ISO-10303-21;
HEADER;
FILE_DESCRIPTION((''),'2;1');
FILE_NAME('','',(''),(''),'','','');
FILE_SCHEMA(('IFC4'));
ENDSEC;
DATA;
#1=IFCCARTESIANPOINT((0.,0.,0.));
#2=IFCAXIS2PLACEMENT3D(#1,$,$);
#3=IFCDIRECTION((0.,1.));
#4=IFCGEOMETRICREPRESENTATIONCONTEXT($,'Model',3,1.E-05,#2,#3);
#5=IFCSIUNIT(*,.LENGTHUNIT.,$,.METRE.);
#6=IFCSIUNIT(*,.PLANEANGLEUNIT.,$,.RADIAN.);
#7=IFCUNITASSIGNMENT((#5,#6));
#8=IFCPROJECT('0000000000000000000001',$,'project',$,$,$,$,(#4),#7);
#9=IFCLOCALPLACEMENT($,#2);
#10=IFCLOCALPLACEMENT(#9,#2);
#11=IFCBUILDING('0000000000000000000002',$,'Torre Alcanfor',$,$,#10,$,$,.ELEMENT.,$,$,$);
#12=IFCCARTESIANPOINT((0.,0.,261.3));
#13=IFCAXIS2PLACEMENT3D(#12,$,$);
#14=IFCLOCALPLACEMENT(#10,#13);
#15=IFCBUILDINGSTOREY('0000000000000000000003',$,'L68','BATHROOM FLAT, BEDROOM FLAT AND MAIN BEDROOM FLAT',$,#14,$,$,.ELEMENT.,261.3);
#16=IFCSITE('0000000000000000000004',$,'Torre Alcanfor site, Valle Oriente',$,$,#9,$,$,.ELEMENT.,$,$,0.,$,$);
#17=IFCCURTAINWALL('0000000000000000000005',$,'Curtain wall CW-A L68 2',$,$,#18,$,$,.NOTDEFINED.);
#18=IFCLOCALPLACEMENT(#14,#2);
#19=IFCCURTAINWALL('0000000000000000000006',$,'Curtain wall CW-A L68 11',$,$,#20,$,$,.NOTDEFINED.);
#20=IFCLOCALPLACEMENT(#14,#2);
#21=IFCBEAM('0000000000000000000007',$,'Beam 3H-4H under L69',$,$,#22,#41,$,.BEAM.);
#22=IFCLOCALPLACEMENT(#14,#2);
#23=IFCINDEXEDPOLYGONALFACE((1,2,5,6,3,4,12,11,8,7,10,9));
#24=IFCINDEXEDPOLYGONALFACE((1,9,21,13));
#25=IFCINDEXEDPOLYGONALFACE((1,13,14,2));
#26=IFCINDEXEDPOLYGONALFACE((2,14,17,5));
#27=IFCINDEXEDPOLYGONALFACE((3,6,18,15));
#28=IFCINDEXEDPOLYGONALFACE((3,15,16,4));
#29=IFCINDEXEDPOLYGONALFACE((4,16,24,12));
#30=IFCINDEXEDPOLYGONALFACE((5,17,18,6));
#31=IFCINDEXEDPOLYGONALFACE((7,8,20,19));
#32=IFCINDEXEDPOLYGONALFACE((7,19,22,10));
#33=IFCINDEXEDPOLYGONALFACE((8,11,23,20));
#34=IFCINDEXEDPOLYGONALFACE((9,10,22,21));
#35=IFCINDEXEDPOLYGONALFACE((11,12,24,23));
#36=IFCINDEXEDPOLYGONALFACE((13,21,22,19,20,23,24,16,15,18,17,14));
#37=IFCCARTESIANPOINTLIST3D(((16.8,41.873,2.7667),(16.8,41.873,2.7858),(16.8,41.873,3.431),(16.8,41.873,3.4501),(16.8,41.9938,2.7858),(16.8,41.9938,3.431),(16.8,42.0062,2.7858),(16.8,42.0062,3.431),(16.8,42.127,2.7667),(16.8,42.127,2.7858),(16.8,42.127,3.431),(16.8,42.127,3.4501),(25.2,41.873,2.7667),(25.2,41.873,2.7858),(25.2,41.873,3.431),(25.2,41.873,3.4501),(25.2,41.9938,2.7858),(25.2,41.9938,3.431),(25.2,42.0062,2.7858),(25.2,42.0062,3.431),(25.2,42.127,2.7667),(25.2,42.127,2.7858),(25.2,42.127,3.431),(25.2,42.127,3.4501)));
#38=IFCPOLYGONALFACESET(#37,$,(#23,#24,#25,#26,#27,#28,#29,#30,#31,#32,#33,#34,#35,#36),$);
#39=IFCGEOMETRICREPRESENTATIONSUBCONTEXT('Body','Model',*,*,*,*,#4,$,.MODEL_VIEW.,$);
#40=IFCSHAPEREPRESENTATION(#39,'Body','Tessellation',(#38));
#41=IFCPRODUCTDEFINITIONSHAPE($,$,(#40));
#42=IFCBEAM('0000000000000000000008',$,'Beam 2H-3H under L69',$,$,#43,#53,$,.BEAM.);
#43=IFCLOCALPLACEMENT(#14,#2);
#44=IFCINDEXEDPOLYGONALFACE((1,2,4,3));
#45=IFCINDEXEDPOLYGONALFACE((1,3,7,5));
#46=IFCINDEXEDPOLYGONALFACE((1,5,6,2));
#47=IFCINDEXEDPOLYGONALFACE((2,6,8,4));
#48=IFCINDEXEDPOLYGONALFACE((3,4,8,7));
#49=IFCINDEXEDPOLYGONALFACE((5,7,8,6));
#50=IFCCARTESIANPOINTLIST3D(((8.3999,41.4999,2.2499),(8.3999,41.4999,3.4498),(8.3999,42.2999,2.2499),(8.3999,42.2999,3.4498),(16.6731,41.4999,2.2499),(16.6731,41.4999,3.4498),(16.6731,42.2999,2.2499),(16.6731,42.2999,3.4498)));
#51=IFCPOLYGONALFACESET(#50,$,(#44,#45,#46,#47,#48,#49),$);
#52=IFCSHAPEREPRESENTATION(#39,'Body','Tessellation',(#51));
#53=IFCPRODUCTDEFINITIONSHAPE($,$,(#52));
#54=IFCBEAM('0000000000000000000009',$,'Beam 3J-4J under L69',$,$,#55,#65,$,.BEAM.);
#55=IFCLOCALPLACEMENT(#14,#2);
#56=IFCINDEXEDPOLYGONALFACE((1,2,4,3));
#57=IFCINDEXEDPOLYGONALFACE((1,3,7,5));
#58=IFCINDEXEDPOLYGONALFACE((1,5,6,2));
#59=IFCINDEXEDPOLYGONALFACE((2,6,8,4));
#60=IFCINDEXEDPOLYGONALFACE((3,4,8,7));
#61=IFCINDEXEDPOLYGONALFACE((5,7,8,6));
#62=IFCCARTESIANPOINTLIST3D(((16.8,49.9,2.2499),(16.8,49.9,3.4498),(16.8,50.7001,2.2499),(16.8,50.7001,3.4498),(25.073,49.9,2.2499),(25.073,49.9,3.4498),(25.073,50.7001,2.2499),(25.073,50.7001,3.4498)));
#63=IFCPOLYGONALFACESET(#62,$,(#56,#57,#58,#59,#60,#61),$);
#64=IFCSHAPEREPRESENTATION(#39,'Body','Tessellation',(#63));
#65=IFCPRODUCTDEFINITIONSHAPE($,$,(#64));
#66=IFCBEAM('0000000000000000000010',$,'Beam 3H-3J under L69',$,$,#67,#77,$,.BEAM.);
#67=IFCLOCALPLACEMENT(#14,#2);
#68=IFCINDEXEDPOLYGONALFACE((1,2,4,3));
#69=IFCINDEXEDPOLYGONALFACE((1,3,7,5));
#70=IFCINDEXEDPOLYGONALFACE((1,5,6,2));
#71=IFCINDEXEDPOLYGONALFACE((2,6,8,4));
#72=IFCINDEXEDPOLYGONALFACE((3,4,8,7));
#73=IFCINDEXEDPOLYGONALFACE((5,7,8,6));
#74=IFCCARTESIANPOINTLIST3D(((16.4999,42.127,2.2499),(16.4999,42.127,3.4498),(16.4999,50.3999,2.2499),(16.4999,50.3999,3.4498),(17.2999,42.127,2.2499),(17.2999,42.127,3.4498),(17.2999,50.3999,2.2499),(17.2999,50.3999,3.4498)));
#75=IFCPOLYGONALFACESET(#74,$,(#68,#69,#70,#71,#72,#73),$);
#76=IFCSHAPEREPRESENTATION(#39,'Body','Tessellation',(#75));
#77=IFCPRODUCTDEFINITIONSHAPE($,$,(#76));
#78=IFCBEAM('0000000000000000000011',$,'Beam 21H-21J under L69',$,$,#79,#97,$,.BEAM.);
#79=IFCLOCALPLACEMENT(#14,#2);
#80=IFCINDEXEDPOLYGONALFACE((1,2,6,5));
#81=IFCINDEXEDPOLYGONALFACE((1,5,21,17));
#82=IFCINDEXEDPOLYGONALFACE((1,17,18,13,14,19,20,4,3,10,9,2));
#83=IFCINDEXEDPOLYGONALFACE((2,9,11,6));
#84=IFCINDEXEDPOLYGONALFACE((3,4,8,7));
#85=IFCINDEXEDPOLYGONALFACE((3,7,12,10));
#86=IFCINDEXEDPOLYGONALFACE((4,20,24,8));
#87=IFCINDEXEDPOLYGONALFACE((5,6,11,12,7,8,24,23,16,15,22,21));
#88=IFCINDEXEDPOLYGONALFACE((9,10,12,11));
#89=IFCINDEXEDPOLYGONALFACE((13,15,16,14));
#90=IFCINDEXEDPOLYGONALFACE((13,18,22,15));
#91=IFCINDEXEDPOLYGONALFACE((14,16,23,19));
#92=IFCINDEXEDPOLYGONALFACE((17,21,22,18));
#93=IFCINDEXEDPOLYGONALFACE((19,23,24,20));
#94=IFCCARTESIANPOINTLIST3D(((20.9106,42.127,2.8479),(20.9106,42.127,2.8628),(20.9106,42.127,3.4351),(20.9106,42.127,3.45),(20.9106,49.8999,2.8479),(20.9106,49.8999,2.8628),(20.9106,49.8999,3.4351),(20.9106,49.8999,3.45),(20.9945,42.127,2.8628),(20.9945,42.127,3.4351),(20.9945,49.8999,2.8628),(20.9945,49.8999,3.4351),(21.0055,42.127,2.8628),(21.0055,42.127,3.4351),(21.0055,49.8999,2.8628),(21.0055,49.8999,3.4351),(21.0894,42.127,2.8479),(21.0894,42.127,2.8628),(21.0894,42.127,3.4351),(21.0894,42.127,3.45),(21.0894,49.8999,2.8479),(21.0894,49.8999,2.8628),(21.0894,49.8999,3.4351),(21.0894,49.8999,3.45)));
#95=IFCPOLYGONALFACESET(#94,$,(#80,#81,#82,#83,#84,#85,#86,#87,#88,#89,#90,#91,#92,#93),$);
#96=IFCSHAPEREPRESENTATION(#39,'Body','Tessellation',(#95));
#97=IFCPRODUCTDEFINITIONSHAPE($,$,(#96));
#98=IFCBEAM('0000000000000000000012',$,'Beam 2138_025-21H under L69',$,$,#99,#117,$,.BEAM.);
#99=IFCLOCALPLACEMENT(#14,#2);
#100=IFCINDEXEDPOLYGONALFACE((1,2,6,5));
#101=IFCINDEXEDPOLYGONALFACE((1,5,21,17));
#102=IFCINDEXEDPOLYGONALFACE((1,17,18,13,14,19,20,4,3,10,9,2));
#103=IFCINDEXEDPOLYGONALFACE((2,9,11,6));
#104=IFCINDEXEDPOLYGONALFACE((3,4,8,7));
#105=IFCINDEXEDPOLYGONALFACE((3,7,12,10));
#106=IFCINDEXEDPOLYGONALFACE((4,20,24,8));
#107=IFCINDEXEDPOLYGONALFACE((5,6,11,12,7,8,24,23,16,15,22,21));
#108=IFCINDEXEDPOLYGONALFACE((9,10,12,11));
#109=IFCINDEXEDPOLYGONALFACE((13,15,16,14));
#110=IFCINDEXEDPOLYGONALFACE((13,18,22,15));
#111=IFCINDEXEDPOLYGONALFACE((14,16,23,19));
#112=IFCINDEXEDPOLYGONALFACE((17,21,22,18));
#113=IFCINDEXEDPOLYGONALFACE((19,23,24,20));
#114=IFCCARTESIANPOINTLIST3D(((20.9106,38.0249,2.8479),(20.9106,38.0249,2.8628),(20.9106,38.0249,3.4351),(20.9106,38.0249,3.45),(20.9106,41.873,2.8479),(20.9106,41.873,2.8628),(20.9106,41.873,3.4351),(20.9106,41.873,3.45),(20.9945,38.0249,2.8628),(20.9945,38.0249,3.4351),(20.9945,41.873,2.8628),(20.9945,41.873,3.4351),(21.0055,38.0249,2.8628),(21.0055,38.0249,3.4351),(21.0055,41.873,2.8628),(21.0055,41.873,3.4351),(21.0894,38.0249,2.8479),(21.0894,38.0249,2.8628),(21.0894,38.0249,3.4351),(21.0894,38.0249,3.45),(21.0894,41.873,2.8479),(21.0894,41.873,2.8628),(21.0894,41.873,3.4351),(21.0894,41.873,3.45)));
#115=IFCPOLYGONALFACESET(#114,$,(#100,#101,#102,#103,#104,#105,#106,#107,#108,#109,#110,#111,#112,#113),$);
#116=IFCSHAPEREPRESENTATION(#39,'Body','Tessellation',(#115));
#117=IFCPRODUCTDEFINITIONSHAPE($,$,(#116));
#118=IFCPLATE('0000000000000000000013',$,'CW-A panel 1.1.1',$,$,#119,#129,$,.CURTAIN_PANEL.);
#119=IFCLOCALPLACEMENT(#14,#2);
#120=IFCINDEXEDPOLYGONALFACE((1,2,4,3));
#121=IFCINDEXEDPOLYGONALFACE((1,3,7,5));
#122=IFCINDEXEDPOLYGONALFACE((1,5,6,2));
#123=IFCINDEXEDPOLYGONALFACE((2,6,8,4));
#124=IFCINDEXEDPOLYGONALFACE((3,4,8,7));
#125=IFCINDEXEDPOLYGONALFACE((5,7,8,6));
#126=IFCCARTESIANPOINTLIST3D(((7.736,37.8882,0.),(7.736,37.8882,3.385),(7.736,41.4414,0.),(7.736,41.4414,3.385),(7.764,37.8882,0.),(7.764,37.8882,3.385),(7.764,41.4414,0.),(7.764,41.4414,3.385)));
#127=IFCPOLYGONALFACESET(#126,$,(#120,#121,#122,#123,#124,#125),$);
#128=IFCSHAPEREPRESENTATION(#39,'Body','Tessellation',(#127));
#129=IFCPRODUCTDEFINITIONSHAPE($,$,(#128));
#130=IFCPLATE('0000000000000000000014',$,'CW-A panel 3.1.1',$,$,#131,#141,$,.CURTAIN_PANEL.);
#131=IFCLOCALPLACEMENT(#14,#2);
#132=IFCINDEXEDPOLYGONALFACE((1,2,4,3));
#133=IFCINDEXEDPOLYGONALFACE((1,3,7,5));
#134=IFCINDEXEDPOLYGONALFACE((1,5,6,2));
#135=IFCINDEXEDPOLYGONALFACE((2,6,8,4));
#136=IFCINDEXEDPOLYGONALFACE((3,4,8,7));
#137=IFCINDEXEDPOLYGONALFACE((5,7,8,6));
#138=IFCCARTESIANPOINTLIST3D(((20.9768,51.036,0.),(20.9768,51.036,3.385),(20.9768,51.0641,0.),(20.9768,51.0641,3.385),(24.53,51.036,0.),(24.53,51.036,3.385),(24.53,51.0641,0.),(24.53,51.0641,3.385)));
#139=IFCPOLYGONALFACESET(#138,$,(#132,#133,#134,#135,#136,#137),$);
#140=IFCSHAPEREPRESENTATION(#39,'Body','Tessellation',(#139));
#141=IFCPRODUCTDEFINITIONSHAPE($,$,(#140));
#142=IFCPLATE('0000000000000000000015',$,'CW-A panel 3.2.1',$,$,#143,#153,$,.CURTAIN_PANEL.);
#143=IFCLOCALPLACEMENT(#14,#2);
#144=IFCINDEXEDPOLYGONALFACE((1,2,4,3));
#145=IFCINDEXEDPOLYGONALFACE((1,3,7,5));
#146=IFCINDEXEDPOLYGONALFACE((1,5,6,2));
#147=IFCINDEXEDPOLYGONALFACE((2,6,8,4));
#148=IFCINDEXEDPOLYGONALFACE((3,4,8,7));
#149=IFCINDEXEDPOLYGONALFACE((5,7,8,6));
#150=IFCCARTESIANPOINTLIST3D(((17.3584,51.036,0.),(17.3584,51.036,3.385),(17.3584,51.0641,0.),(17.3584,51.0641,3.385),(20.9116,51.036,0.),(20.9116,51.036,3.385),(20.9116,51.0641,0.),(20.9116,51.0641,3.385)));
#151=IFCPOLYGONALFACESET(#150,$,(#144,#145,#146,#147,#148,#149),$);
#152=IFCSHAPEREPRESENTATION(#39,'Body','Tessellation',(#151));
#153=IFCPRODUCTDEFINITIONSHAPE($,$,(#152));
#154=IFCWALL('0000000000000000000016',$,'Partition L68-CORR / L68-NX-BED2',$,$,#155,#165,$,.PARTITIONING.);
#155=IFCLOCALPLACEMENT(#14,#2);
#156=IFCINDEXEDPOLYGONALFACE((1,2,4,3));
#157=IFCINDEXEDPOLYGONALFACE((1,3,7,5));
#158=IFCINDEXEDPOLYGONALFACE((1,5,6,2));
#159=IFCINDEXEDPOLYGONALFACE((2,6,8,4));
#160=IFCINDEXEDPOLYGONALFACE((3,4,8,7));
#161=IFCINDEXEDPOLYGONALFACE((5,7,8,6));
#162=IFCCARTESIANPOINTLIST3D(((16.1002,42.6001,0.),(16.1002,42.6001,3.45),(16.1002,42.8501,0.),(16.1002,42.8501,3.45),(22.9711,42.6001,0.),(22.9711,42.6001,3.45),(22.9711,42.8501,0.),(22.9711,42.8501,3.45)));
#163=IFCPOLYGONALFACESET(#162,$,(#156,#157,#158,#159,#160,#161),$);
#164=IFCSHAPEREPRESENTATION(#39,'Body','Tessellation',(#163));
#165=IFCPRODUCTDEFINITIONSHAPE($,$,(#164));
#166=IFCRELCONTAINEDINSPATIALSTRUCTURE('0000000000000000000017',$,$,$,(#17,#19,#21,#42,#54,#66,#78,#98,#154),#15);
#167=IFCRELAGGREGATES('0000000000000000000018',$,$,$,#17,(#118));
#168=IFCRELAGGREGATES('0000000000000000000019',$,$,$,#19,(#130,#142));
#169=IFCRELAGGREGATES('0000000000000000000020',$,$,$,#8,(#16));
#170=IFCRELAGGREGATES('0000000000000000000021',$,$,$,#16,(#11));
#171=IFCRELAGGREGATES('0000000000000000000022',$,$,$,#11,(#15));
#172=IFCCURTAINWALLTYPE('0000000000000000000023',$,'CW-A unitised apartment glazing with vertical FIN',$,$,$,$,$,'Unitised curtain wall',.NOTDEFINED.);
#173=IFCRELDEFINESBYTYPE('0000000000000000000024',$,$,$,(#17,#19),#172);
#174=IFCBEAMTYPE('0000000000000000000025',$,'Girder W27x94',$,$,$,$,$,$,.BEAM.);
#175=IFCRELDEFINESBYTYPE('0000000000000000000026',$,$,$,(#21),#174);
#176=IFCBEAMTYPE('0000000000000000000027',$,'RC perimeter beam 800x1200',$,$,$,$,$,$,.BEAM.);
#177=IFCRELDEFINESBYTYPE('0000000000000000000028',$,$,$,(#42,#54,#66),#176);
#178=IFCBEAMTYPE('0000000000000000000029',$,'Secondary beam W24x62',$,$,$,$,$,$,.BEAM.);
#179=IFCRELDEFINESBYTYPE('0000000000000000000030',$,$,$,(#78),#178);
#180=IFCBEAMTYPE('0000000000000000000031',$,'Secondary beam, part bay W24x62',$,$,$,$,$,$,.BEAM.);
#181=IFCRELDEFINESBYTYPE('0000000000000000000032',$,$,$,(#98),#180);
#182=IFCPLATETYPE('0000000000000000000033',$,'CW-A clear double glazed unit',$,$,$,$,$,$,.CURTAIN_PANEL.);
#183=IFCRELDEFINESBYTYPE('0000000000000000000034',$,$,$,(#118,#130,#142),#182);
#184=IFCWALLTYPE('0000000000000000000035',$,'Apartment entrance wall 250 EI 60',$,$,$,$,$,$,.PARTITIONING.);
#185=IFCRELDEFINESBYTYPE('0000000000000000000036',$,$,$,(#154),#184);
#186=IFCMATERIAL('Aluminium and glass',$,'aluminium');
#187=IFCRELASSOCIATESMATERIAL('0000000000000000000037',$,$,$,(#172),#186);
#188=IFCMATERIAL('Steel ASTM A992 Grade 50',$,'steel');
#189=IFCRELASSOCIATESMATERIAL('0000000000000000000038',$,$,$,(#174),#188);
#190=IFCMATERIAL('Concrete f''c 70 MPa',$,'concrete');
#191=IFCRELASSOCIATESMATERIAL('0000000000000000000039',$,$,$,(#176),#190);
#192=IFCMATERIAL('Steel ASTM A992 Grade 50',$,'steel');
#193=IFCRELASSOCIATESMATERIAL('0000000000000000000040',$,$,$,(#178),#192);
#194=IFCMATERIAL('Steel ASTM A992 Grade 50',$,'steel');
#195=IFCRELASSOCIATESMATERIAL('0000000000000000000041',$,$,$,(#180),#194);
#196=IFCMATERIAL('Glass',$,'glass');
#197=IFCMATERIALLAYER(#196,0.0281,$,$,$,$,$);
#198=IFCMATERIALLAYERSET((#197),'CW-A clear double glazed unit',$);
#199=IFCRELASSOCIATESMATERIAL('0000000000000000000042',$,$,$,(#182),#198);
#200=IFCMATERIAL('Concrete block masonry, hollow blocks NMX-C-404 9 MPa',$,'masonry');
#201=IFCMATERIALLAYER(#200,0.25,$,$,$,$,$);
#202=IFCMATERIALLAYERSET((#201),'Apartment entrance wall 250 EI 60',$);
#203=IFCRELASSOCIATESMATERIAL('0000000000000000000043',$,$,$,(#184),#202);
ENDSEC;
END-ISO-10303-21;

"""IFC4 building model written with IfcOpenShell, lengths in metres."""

from ifc_helpers import new_model, si_unit, direction, frame, frame_2d, origin, origin_2d, place, context, subcontext, project, spatial, rectangle, i_section, extrude, material, layer, layer_set, material_profile, profile_set, type_object, element, aggregate, save


model = new_model("IFC4")

# Units and contexts
model_context = context("Model", 3, precision=1e-05, world=origin(), true_north=direction((0.0, 1.0)))
body_context = subcontext(model_context, "Body", "Model", "MODEL_VIEW")
ifc_project = project(units=[si_unit("LENGTHUNIT", "METRE"), si_unit("PLANEANGLEUNIT", "RADIAN")], contexts=[model_context])

# Site, building, storey
site_placement = place(None, origin())
site = spatial("IfcSite", under=ifc_project, at=site_placement, Name="Torre Alcanfor site, Valle Oriente", CompositionType="ELEMENT", RefElevation=0.0)
building_placement = place(site_placement, origin())
building = spatial("IfcBuilding", under=site, at=building_placement, Name="Torre Alcanfor", CompositionType="ELEMENT")
storey_placement = place(building_placement, frame((0.0, 0.0, 261.3)))
storey = spatial("IfcBuildingStorey", under=building, at=storey_placement, Name="L68", Description="BATHROOM FLAT, BEDROOM FLAT AND MAIN BEDROOM FLAT", CompositionType="ELEMENT", Elevation=261.3)

# Curtain wall
ifc_material_1 = material(Name="Aluminium and glass", Category="aluminium")
curtain_wall_type = type_object("IfcCurtainWallType", Name="CW-A unitised apartment glazing with vertical FIN", ElementType="Unitised curtain wall", PredefinedType="NOTDEFINED", material=ifc_material_1)
curtain_wall_1_placement = place(storey_placement, origin())
curtain_wall_1 = element("IfcCurtainWall", 1, at=curtain_wall_1_placement, inside=storey, type_object=curtain_wall_type, Name="Curtain wall CW-A L68 2", PredefinedType="NOTDEFINED")

# Curtain wall
curtain_wall_2_placement = place(storey_placement, origin())
curtain_wall_2 = element("IfcCurtainWall", 2, at=curtain_wall_2_placement, inside=storey, type_object=curtain_wall_type, Name="Curtain wall CW-A L68 11", PredefinedType="NOTDEFINED")

# Beams
ifc_material_2 = material(Name="Steel ASTM A992 Grade 50", Category="steel")
ifc_material_profile_1 = material_profile(ifc_material_2, i_section(OverallWidth=0.2539, OverallDepth=0.6833, WebThickness=0.0125, FlangeThickness=0.019, at=origin_2d()), Name="W27x94")
ifc_profile_set_1 = profile_set([ifc_material_profile_1], Name="Steel ASTM A992 Grade 50")
beam_type_1 = type_object("IfcBeamType", Name="Girder W27x94", PredefinedType="BEAM", material=ifc_profile_set_1)
beam_1_placement = place(storey_placement, frame((16.8, 42.0, 3.1084), z_axis=(1.0, 0.0, 0.0), x_axis=(0.0, 1.0, 0.0)))
element("IfcBeam", 3, at=beam_1_placement, inside=storey, type_object=beam_type_1, Name="Beam 3H-4H under L69", PredefinedType="BEAM", context=body_context, shape_type="SweptSolid", body=[
    extrude(i_section(OverallWidth=0.2539, OverallDepth=0.6833, WebThickness=0.0125, FlangeThickness=0.019, at=origin_2d()), origin(), (0.0, 0.0, 1.0), 8.3999),
])
ifc_material_3 = material(Name="Concrete f'c 70 MPa", Category="concrete")
ifc_material_profile_2 = material_profile(ifc_material_3, rectangle(XDim=0.8, YDim=1.2, at=origin_2d()), Name="800x1200")
ifc_profile_set_2 = profile_set([ifc_material_profile_2], Name="Concrete f'c 70 MPa")
beam_type_2 = type_object("IfcBeamType", Name="RC perimeter beam 800x1200", PredefinedType="BEAM", material=ifc_profile_set_2)
beam_2_placement = place(storey_placement, frame((8.3999, 41.8999, 2.8499), z_axis=(1.0, 0.0, 0.0), x_axis=(0.0, 1.0, 0.0)))
element("IfcBeam", 4, at=beam_2_placement, inside=storey, type_object=beam_type_2, Name="Beam 2H-3H under L69", PredefinedType="BEAM", context=body_context, shape_type="SweptSolid", body=[
    extrude(rectangle(XDim=0.8, YDim=1.2, at=origin_2d()), origin(), (0.0, 0.0, 1.0), 8.2732),
])
for number, where, z_axis, x_axis, name in (
    (5, (16.8, 50.3, 2.8499), (1.0, 0.0, 0.0), (0.0, 1.0, 0.0), "Beam 3J-4J under L69"),
    (6, (16.8999, 42.127, 2.8499), (0.0, 1.0, 0.0), (-1.0, 0.0, 0.0), "Beam 3H-3J under L69"),
):
    element("IfcBeam", number, at=place(storey_placement, frame(where, z_axis=z_axis, x_axis=x_axis)), inside=storey, type_object=beam_type_2, Name=name, PredefinedType="BEAM", context=body_context, shape_type="SweptSolid", body=[
        extrude(rectangle(XDim=0.8, YDim=1.2, at=origin_2d()), origin(), (0.0, 0.0, 1.0), 8.2729),
    ])
ifc_material_4 = material(Name="Steel ASTM A992 Grade 50", Category="steel")
ifc_material_profile_3 = material_profile(ifc_material_4, i_section(OverallWidth=0.1787, OverallDepth=0.6021, WebThickness=0.011, FlangeThickness=0.0149, at=origin_2d()), Name="W24x62")
ifc_profile_set_3 = profile_set([ifc_material_profile_3], Name="Steel ASTM A992 Grade 50")
beam_type_3 = type_object("IfcBeamType", Name="Secondary beam W24x62", PredefinedType="BEAM", material=ifc_profile_set_3)
beam_3_placement = place(storey_placement, frame((21.0, 42.127, 3.1489), z_axis=(0.0, 1.0, 0.0), x_axis=(-1.0, 0.0, 0.0)))
element("IfcBeam", 7, at=beam_3_placement, inside=storey, type_object=beam_type_3, Name="Beam 21H-21J under L69", PredefinedType="BEAM", context=body_context, shape_type="SweptSolid", body=[
    extrude(i_section(OverallWidth=0.1787, OverallDepth=0.6021, WebThickness=0.011, FlangeThickness=0.0149, at=origin_2d()), origin(), (0.0, 0.0, 1.0), 7.7729),
])
ifc_material_5 = material(Name="Steel ASTM A992 Grade 50", Category="steel")
ifc_material_profile_4 = material_profile(ifc_material_5, i_section(OverallWidth=0.1787, OverallDepth=0.6021, WebThickness=0.011, FlangeThickness=0.0149, at=origin_2d()), Name="W24x62")
ifc_profile_set_4 = profile_set([ifc_material_profile_4], Name="Steel ASTM A992 Grade 50")
beam_type_4 = type_object("IfcBeamType", Name="Secondary beam, part bay W24x62", PredefinedType="BEAM", material=ifc_profile_set_4)
beam_4_placement = place(storey_placement, frame((21.0, 38.0249, 3.1489), z_axis=(0.0, 1.0, 0.0), x_axis=(-1.0, 0.0, 0.0)))
element("IfcBeam", 8, at=beam_4_placement, inside=storey, type_object=beam_type_4, Name="Beam 2138_025-21H under L69", PredefinedType="BEAM", context=body_context, shape_type="SweptSolid", body=[
    extrude(i_section(OverallWidth=0.1787, OverallDepth=0.6021, WebThickness=0.011, FlangeThickness=0.0149, at=origin_2d()), origin(), (0.0, 0.0, 1.0), 3.8481),
])

# Plates
ifc_material_6 = material(Name="Glass", Category="glass")
ifc_layer_1 = layer(ifc_material_6, 0.0281)
ifc_layer_set_1 = layer_set([ifc_layer_1], Name="CW-A clear double glazed unit")
plate_type = type_object("IfcPlateType", Name="CW-A clear double glazed unit", PredefinedType="CURTAIN_PANEL", material=ifc_layer_set_1)
plate_1_placement = place(storey_placement, frame((7.75, 39.6648, 0.0), z_axis=(0.0, 0.0, 1.0), x_axis=(0.0, -1.0, 0.0)))
plate_1 = element("IfcPlate", 9, at=plate_1_placement, type_object=plate_type, Name="CW-A panel 1.1.1", PredefinedType="CURTAIN_PANEL", context=body_context, shape_type="SweptSolid", body=[
    extrude(rectangle(XDim=3.5532, YDim=0.0281, at=origin_2d()), origin(), (0.0, 0.0, 1.0), 3.385),
])
aggregate(curtain_wall_1, [plate_1])
plate_2_placement = place(storey_placement, frame((22.7534, 51.05, 0.0), z_axis=(0.0, 0.0, 1.0), x_axis=(-1.0, 0.0, 0.0)))
plate_2 = element("IfcPlate", 10, at=plate_2_placement, type_object=plate_type, Name="CW-A panel 3.1.1", PredefinedType="CURTAIN_PANEL", context=body_context, shape_type="SweptSolid", body=[
    extrude(rectangle(XDim=3.5532, YDim=0.0281, at=origin_2d()), origin(), (0.0, 0.0, 1.0), 3.385),
])
plate_3_placement = place(storey_placement, frame((19.135, 51.05, 0.0), z_axis=(0.0, 0.0, 1.0), x_axis=(-1.0, 0.0, 0.0)))
plate_3 = element("IfcPlate", 11, at=plate_3_placement, type_object=plate_type, Name="CW-A panel 3.2.1", PredefinedType="CURTAIN_PANEL", context=body_context, shape_type="SweptSolid", body=[
    extrude(rectangle(XDim=3.5532, YDim=0.0281, at=origin_2d()), origin(), (0.0, 0.0, 1.0), 3.385),
])
aggregate(curtain_wall_2, [plate_2, plate_3])

# Wall
ifc_material_7 = material(Name="Concrete block masonry, hollow blocks NMX-C-404 9 MPa", Category="masonry")
ifc_layer_2 = layer(ifc_material_7, 0.25)
ifc_layer_set_2 = layer_set([ifc_layer_2], Name="Apartment entrance wall 250 EI 60")
wall_type_1 = type_object("IfcWallType", Name="Apartment entrance wall 250 EI 60", PredefinedType="PARTITIONING", material=ifc_layer_set_2)
wall_1_placement = place(storey_placement, frame((16.1001, 42.7251, 0.0), z_axis=(0.0, 0.0, 1.0), x_axis=(1.0, 0.0, 0.0)))
element("IfcWall", 12, at=wall_1_placement, inside=storey, type_object=wall_type_1, Name="Partition L68-CORR / L68-NX-BED2", PredefinedType="PARTITIONING", context=body_context, shape_type="SweptSolid", body=[
    extrude(rectangle(XDim=6.8708, YDim=0.25, at=frame_2d((3.4355, 0.0))), origin(), (0.0, 0.0, 1.0), 3.45),
])

save(model, "model.ifc")
